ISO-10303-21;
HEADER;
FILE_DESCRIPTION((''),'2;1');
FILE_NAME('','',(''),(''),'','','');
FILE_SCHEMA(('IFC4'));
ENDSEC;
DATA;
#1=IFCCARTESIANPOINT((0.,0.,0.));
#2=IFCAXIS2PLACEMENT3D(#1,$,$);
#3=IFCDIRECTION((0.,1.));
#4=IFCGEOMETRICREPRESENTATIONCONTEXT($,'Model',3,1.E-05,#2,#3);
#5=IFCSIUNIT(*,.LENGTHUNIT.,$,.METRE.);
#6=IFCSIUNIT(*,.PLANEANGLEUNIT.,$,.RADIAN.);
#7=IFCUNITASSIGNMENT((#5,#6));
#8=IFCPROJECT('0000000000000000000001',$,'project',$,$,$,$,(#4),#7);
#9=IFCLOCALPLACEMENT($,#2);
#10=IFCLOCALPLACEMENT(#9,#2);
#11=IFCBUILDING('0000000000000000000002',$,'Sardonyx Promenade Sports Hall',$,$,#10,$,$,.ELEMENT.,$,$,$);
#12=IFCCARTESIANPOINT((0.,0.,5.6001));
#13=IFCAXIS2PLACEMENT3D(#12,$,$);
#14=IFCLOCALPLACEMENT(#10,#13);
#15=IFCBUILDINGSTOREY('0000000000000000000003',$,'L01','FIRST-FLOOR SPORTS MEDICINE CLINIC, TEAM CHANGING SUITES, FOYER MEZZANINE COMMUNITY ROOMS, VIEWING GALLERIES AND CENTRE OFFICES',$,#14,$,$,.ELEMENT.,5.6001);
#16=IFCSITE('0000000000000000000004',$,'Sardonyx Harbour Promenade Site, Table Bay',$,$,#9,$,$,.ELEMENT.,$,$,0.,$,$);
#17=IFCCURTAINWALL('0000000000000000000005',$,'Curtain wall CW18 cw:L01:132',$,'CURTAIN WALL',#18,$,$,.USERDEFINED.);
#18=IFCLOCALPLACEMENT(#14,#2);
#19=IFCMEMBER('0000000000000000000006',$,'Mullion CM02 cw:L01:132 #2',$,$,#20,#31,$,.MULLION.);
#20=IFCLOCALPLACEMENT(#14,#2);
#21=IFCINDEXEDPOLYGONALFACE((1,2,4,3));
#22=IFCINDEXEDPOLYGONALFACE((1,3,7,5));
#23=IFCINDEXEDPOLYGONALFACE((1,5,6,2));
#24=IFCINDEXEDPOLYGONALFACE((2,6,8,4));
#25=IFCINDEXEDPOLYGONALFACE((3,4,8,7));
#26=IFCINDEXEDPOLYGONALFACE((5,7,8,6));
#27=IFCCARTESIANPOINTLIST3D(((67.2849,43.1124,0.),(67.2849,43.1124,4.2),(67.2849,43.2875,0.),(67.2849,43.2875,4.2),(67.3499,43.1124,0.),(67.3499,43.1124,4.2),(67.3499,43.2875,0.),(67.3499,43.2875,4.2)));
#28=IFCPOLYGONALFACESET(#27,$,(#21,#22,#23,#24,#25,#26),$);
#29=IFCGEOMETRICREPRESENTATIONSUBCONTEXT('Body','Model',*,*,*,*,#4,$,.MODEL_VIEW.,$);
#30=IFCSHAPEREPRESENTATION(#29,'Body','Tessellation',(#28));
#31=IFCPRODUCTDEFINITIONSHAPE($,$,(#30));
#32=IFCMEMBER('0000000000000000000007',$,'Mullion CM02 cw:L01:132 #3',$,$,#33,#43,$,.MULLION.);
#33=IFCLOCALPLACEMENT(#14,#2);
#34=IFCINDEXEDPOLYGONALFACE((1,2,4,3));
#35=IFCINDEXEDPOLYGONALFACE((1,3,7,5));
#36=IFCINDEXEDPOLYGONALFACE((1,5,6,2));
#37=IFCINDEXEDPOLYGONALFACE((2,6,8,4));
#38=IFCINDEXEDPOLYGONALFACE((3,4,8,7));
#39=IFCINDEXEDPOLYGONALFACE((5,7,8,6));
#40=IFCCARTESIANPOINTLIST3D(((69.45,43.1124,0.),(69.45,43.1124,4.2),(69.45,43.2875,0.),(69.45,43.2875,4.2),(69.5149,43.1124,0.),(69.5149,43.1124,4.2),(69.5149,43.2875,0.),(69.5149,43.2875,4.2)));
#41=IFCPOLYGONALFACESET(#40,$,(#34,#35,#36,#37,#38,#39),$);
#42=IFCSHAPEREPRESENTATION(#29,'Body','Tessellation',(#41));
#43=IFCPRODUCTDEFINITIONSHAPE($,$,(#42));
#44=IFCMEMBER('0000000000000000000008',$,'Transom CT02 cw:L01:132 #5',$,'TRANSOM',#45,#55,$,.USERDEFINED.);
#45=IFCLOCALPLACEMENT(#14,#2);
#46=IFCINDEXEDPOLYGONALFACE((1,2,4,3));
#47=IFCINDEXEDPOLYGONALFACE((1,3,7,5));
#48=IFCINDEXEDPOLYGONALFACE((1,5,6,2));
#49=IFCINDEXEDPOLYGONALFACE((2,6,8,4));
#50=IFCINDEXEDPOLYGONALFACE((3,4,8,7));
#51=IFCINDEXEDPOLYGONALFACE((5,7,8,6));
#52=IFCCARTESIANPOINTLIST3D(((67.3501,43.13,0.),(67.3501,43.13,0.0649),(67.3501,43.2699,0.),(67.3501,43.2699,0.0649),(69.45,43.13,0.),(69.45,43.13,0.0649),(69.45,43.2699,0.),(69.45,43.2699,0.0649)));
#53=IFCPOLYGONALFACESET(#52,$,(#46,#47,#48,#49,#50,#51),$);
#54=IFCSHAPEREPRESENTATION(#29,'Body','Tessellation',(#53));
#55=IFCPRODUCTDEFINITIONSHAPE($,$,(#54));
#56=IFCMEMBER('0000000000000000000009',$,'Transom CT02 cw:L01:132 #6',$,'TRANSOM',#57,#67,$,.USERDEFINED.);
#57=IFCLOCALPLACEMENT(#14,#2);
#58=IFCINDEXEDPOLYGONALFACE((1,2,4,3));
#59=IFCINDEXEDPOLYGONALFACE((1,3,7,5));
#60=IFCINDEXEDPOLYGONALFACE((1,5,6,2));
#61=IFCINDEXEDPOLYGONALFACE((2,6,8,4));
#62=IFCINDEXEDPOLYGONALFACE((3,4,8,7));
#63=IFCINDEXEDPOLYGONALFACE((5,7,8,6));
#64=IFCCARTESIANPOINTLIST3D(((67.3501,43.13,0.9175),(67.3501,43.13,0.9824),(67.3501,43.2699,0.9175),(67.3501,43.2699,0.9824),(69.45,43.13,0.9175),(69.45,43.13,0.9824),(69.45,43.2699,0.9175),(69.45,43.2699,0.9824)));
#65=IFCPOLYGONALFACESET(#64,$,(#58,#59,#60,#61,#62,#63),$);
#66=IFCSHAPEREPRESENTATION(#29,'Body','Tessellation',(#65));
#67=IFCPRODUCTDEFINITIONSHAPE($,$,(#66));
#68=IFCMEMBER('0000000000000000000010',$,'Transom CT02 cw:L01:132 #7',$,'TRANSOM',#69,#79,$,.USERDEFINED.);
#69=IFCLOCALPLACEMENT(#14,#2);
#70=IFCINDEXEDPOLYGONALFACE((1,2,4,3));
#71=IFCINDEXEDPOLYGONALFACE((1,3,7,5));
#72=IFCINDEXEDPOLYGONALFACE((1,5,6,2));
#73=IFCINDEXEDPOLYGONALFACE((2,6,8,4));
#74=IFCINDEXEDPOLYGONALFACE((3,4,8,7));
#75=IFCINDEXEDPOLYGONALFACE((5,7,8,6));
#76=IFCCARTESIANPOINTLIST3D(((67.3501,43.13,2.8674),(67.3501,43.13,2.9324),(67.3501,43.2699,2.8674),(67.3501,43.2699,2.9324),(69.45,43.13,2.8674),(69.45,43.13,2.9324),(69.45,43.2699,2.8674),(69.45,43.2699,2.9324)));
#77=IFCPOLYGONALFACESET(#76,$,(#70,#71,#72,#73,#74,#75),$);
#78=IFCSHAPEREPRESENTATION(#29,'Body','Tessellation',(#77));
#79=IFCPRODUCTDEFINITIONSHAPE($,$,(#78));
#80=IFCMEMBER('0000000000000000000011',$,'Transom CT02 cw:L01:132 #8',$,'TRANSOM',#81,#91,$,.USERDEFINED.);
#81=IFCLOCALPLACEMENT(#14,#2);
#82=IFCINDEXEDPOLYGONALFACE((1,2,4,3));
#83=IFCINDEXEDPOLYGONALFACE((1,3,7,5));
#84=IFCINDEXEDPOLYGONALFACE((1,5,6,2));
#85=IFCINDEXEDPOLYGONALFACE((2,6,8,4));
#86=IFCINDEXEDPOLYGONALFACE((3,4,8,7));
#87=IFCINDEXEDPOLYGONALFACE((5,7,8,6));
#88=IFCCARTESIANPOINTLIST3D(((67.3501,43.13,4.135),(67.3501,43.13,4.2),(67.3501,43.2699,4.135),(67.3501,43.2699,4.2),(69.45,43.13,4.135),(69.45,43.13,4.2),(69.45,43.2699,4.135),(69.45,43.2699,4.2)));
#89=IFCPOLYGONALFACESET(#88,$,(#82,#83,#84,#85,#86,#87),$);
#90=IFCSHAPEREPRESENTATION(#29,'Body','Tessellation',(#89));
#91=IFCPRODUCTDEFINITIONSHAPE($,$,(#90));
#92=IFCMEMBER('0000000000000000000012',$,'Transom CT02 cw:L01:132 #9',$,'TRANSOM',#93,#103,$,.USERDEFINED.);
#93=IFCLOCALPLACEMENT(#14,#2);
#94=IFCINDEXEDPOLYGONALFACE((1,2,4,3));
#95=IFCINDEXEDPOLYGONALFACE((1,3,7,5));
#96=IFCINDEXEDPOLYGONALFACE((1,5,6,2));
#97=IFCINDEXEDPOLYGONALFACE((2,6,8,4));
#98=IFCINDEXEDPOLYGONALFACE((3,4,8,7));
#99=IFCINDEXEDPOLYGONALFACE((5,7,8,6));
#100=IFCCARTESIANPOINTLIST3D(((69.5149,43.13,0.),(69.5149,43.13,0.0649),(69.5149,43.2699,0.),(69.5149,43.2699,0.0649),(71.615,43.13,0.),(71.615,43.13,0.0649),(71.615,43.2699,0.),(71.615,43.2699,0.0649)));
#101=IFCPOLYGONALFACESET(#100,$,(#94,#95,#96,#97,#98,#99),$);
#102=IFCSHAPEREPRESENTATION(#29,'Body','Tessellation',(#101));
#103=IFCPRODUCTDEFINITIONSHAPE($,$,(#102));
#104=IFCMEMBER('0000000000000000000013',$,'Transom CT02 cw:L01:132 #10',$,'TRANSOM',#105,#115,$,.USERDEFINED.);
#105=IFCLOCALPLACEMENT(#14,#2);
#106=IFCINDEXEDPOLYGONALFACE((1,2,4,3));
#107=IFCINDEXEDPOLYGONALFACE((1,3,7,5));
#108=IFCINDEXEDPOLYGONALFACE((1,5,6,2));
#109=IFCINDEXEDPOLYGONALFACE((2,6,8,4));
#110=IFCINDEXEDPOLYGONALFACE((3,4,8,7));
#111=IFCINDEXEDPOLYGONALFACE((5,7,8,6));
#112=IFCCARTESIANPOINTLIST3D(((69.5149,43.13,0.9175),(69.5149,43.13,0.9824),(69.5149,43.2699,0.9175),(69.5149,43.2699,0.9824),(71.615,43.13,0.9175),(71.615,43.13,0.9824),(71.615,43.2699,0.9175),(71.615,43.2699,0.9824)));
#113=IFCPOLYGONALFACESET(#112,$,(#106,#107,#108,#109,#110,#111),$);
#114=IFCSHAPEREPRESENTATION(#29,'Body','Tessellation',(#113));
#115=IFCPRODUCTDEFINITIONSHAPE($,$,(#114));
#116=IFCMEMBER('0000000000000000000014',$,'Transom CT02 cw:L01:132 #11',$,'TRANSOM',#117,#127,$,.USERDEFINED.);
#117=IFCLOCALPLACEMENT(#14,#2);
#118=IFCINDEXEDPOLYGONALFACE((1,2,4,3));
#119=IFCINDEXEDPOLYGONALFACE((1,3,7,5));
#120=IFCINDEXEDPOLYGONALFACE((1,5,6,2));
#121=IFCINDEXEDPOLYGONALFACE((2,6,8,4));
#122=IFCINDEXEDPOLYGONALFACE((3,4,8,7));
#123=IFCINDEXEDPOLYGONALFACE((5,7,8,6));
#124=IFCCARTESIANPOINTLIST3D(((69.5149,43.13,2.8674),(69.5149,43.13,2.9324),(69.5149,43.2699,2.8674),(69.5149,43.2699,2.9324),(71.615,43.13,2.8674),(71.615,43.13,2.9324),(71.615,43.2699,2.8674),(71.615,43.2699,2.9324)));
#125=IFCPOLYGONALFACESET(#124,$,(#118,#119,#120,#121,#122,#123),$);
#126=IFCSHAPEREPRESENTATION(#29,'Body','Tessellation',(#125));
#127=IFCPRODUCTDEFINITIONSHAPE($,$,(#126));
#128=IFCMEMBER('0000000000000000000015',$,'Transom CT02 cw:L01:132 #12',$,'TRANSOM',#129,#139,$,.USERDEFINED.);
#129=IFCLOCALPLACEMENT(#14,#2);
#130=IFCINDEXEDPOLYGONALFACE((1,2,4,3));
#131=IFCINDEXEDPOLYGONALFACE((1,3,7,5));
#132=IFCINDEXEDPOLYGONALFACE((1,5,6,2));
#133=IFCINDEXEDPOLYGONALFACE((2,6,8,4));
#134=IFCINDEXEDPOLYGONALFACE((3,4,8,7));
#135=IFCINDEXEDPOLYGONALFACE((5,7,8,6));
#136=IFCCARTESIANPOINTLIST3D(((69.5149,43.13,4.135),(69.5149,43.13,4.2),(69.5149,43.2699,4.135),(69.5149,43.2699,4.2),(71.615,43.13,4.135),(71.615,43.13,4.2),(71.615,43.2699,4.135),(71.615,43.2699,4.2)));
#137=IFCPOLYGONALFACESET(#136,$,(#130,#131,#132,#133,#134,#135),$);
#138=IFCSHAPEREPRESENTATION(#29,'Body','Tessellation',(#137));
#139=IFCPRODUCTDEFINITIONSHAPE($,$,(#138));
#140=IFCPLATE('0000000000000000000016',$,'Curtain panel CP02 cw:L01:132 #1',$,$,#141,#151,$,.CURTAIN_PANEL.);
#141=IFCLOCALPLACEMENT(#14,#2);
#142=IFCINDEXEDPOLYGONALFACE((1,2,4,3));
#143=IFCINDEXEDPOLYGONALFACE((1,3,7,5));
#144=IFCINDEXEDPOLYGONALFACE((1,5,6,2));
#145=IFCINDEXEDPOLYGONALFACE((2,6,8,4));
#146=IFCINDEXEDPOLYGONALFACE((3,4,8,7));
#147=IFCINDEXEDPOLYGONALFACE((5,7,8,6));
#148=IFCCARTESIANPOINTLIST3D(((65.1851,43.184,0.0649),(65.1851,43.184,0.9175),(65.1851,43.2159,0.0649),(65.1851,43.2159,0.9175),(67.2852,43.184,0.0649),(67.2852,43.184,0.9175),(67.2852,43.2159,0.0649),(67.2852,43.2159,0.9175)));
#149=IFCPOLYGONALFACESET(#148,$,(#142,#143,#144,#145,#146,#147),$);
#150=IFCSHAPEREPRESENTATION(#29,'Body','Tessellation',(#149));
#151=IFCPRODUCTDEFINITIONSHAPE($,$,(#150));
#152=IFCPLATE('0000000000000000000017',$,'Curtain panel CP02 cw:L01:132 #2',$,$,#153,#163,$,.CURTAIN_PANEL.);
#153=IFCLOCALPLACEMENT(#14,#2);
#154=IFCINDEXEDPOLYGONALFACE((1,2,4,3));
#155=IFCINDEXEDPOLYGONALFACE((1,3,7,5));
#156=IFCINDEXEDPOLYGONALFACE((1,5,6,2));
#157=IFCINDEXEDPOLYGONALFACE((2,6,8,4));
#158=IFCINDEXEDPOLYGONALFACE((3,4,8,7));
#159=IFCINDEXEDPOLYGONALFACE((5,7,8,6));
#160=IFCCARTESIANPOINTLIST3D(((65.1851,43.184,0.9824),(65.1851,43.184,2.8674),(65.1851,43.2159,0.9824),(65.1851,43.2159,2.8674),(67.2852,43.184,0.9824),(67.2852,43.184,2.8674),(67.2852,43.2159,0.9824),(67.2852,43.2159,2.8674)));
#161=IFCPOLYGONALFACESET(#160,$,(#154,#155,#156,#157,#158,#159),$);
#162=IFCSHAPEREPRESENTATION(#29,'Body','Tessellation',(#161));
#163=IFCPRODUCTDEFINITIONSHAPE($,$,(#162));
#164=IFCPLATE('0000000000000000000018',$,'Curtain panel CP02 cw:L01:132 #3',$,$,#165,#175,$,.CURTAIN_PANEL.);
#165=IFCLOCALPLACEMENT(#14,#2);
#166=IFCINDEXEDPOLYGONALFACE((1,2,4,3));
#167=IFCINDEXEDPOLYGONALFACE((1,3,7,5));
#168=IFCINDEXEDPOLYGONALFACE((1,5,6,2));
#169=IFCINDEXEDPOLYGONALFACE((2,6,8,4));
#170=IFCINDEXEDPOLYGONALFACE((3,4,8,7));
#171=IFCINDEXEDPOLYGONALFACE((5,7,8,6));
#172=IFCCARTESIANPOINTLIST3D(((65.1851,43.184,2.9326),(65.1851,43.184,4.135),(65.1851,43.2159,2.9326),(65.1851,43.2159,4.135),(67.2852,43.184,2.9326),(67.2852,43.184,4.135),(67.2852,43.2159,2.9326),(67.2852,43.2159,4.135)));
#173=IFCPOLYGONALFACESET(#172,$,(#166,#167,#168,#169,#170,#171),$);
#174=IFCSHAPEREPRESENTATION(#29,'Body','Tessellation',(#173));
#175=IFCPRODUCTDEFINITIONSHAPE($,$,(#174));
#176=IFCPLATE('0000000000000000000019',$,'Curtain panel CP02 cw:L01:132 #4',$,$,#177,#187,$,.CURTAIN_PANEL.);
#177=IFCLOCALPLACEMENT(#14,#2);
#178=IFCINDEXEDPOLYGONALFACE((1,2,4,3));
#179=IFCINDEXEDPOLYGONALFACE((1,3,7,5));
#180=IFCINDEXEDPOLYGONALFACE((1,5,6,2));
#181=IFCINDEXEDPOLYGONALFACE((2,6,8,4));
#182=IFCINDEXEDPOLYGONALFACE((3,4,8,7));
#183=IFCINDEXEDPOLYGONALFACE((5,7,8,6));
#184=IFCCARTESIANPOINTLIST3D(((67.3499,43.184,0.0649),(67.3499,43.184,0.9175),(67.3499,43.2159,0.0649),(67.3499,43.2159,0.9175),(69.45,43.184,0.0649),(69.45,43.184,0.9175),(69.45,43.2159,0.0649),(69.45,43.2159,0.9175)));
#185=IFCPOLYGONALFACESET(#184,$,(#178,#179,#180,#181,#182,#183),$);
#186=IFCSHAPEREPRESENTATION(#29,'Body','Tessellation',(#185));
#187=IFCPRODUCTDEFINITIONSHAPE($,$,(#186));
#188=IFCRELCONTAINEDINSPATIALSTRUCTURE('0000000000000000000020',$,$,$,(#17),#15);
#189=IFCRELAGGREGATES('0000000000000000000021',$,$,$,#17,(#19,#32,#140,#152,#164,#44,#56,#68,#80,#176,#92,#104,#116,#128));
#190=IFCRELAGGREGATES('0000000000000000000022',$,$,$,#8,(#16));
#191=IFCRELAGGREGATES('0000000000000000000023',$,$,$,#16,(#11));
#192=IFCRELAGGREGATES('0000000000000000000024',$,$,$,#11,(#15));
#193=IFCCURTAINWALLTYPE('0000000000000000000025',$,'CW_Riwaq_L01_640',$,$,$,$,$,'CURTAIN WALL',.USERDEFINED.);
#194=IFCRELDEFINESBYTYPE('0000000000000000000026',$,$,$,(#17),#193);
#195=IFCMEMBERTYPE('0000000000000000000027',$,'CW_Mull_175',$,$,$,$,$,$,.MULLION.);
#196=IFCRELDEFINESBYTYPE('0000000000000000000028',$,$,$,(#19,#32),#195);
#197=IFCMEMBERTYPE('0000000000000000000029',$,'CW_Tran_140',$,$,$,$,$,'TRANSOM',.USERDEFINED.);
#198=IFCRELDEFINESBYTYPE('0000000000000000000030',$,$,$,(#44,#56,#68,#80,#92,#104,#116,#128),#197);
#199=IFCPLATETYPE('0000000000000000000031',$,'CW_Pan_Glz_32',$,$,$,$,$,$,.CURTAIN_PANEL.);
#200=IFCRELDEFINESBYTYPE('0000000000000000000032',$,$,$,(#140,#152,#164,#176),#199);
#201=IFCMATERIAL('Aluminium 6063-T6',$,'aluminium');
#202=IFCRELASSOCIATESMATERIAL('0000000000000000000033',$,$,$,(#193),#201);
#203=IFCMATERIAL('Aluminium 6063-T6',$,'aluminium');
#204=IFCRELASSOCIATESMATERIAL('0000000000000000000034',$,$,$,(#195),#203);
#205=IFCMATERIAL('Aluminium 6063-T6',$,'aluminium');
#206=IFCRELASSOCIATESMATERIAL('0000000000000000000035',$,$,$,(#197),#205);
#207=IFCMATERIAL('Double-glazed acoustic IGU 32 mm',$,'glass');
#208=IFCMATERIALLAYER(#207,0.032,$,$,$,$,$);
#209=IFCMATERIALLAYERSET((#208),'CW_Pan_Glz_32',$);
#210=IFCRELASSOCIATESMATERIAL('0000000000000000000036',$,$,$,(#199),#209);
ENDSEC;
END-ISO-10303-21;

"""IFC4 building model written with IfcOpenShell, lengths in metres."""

from ifc_helpers import new_model, si_unit, direction, frame, origin, origin_2d, place, context, subcontext, project, spatial, rectangle, extrude, material, layer, layer_set, material_profile, profile_set, type_object, element, aggregate, save


model = new_model("IFC4")

# Units and contexts
model_context = context("Model", 3, precision=1e-05, world=origin(), true_north=direction((0.0, 1.0)))
body_context = subcontext(model_context, "Body", "Model", "MODEL_VIEW")
ifc_project = project(units=[si_unit("LENGTHUNIT", "METRE"), si_unit("PLANEANGLEUNIT", "RADIAN")], contexts=[model_context])

# Site, building, storey
site_placement = place(None, origin())
site = spatial("IfcSite", under=ifc_project, at=site_placement, Name="Sardonyx Harbour Promenade Site, Table Bay", CompositionType="ELEMENT", RefElevation=0.0)
building_placement = place(site_placement, origin())
building = spatial("IfcBuilding", under=site, at=building_placement, Name="Sardonyx Promenade Sports Hall", CompositionType="ELEMENT")
storey_placement = place(building_placement, frame((0.0, 0.0, 5.6001)))
storey = spatial("IfcBuildingStorey", under=building, at=storey_placement, Name="L01", Description="FIRST-FLOOR SPORTS MEDICINE CLINIC, TEAM CHANGING SUITES, FOYER MEZZANINE COMMUNITY ROOMS, VIEWING GALLERIES AND CENTRE OFFICES", CompositionType="ELEMENT", Elevation=5.6001)

# Curtain wall, members, plates
ifc_material_1 = material(Name="Aluminium 6063-T6", Category="aluminium")
curtain_wall_type = type_object("IfcCurtainWallType", Name="CW_Riwaq_L01_640", ElementType="CURTAIN WALL", PredefinedType="USERDEFINED", material=ifc_material_1)
curtain_wall_placement = place(storey_placement, origin())
curtain_wall = element("IfcCurtainWall", 1, at=curtain_wall_placement, inside=storey, type_object=curtain_wall_type, Name="Curtain wall CW18 cw:L01:132", ObjectType="CURTAIN WALL", PredefinedType="USERDEFINED")
ifc_material_2 = material(Name="Aluminium 6063-T6", Category="aluminium")
ifc_material_profile_1 = material_profile(ifc_material_2, rectangle(XDim=0.0649, YDim=0.175, at=origin_2d()))
ifc_profile_set_1 = profile_set([ifc_material_profile_1], Name="Aluminium 6063-T6")
member_type_1 = type_object("IfcMemberType", Name="CW_Mull_175", PredefinedType="MULLION", material=ifc_profile_set_1)
member_1_placement = place(storey_placement, frame((67.3174, 43.2, 0.0), z_axis=(0.0, 0.0, 1.0), x_axis=(1.0, 0.0, 0.0)))
member_1 = element("IfcMember", 2, at=member_1_placement, type_object=member_type_1, Name="Mullion CM02 cw:L01:132 #2", PredefinedType="MULLION", context=body_context, shape_type="SweptSolid", body=[
    extrude(rectangle(XDim=0.0649, YDim=0.175, at=origin_2d()), origin(), (0.0, 0.0, 1.0), 4.2),
])
member_2_placement = place(storey_placement, frame((69.4824, 43.2, 0.0), z_axis=(0.0, 0.0, 1.0), x_axis=(1.0, 0.0, 0.0)))
member_2 = element("IfcMember", 3, at=member_2_placement, type_object=member_type_1, Name="Mullion CM02 cw:L01:132 #3", PredefinedType="MULLION", context=body_context, shape_type="SweptSolid", body=[
    extrude(rectangle(XDim=0.0649, YDim=0.175, at=origin_2d()), origin(), (0.0, 0.0, 1.0), 4.2),
])
ifc_material_3 = material(Name="Aluminium 6063-T6", Category="aluminium")
ifc_material_profile_2 = material_profile(ifc_material_3, rectangle(XDim=0.0649, YDim=0.1399, at=origin_2d()))
ifc_profile_set_2 = profile_set([ifc_material_profile_2], Name="Aluminium 6063-T6")
member_type_2 = type_object("IfcMemberType", Name="CW_Tran_140", ElementType="TRANSOM", PredefinedType="USERDEFINED", material=ifc_profile_set_2)
member_3_placement = place(storey_placement, frame((67.3501, 43.2, 0.0325), z_axis=(1.0, 0.0, 0.0), x_axis=(0.0, 0.0, 1.0)))
member_3 = element("IfcMember", 4, at=member_3_placement, type_object=member_type_2, Name="Transom CT02 cw:L01:132 #5", ObjectType="TRANSOM", PredefinedType="USERDEFINED", context=body_context, shape_type="SweptSolid", body=[
    extrude(rectangle(XDim=0.0649, YDim=0.1399, at=origin_2d()), origin(), (0.0, 0.0, 1.0), 2.0999),
])
member_4_placement = place(storey_placement, frame((67.3501, 43.2, 0.95), z_axis=(1.0, 0.0, 0.0), x_axis=(0.0, 0.0, 1.0)))
member_4 = element("IfcMember", 5, at=member_4_placement, type_object=member_type_2, Name="Transom CT02 cw:L01:132 #6", ObjectType="TRANSOM", PredefinedType="USERDEFINED", context=body_context, shape_type="SweptSolid", body=[
    extrude(rectangle(XDim=0.0649, YDim=0.1399, at=origin_2d()), origin(), (0.0, 0.0, 1.0), 2.0999),
])
member_5_placement = place(storey_placement, frame((67.3501, 43.2, 2.8999), z_axis=(1.0, 0.0, 0.0), x_axis=(0.0, 0.0, 1.0)))
member_5 = element("IfcMember", 6, at=member_5_placement, type_object=member_type_2, Name="Transom CT02 cw:L01:132 #7", ObjectType="TRANSOM", PredefinedType="USERDEFINED", context=body_context, shape_type="SweptSolid", body=[
    extrude(rectangle(XDim=0.0649, YDim=0.1399, at=origin_2d()), origin(), (0.0, 0.0, 1.0), 2.0999),
])
member_6_placement = place(storey_placement, frame((67.3501, 43.2, 4.1675), z_axis=(1.0, 0.0, 0.0), x_axis=(0.0, 0.0, 1.0)))
member_6 = element("IfcMember", 7, at=member_6_placement, type_object=member_type_2, Name="Transom CT02 cw:L01:132 #8", ObjectType="TRANSOM", PredefinedType="USERDEFINED", context=body_context, shape_type="SweptSolid", body=[
    extrude(rectangle(XDim=0.0649, YDim=0.1399, at=origin_2d()), origin(), (0.0, 0.0, 1.0), 2.0999),
])
member_7_placement = place(storey_placement, frame((69.5149, 43.2, 0.0325), z_axis=(1.0, 0.0, 0.0), x_axis=(0.0, 0.0, 1.0)))
member_7 = element("IfcMember", 8, at=member_7_placement, type_object=member_type_2, Name="Transom CT02 cw:L01:132 #9", ObjectType="TRANSOM", PredefinedType="USERDEFINED", context=body_context, shape_type="SweptSolid", body=[
    extrude(rectangle(XDim=0.0649, YDim=0.1399, at=origin_2d()), origin(), (0.0, 0.0, 1.0), 2.1001),
])
member_8_placement = place(storey_placement, frame((69.5149, 43.2, 0.95), z_axis=(1.0, 0.0, 0.0), x_axis=(0.0, 0.0, 1.0)))
member_8 = element("IfcMember", 9, at=member_8_placement, type_object=member_type_2, Name="Transom CT02 cw:L01:132 #10", ObjectType="TRANSOM", PredefinedType="USERDEFINED", context=body_context, shape_type="SweptSolid", body=[
    extrude(rectangle(XDim=0.0649, YDim=0.1399, at=origin_2d()), origin(), (0.0, 0.0, 1.0), 2.1001),
])
member_9_placement = place(storey_placement, frame((69.5149, 43.2, 2.8999), z_axis=(1.0, 0.0, 0.0), x_axis=(0.0, 0.0, 1.0)))
member_9 = element("IfcMember", 10, at=member_9_placement, type_object=member_type_2, Name="Transom CT02 cw:L01:132 #11", ObjectType="TRANSOM", PredefinedType="USERDEFINED", context=body_context, shape_type="SweptSolid", body=[
    extrude(rectangle(XDim=0.0649, YDim=0.1399, at=origin_2d()), origin(), (0.0, 0.0, 1.0), 2.1001),
])
member_10_placement = place(storey_placement, frame((69.5149, 43.2, 4.1675), z_axis=(1.0, 0.0, 0.0), x_axis=(0.0, 0.0, 1.0)))
member_10 = element("IfcMember", 11, at=member_10_placement, type_object=member_type_2, Name="Transom CT02 cw:L01:132 #12", ObjectType="TRANSOM", PredefinedType="USERDEFINED", context=body_context, shape_type="SweptSolid", body=[
    extrude(rectangle(XDim=0.0649, YDim=0.1399, at=origin_2d()), origin(), (0.0, 0.0, 1.0), 2.1001),
])
ifc_material_4 = material(Name="Double-glazed acoustic IGU 32 mm", Category="glass")
ifc_layer_1 = layer(ifc_material_4, 0.032)
ifc_layer_set_1 = layer_set([ifc_layer_1], Name="CW_Pan_Glz_32")
plate_type = type_object("IfcPlateType", Name="CW_Pan_Glz_32", PredefinedType="CURTAIN_PANEL", material=ifc_layer_set_1)
plate_1_placement = place(storey_placement, frame((66.2351, 43.2, 0.0649), z_axis=(0.0, 0.0, 1.0), x_axis=(1.0, 0.0, 0.0)))
plate_1 = element("IfcPlate", 12, at=plate_1_placement, type_object=plate_type, Name="Curtain panel CP02 cw:L01:132 #1", PredefinedType="CURTAIN_PANEL", context=body_context, shape_type="SweptSolid", body=[
    extrude(rectangle(XDim=2.1001, YDim=0.032, at=origin_2d()), origin(), (0.0, 0.0, 1.0), 0.8525),
])
plate_2_placement = place(storey_placement, frame((66.2351, 43.2, 0.9824), z_axis=(0.0, 0.0, 1.0), x_axis=(1.0, 0.0, 0.0)))
plate_2 = element("IfcPlate", 13, at=plate_2_placement, type_object=plate_type, Name="Curtain panel CP02 cw:L01:132 #2", PredefinedType="CURTAIN_PANEL", context=body_context, shape_type="SweptSolid", body=[
    extrude(rectangle(XDim=2.1001, YDim=0.032, at=origin_2d()), origin(), (0.0, 0.0, 1.0), 1.885),
])
plate_3_placement = place(storey_placement, frame((66.2351, 43.2, 2.9326), z_axis=(0.0, 0.0, 1.0), x_axis=(1.0, 0.0, 0.0)))
plate_3 = element("IfcPlate", 14, at=plate_3_placement, type_object=plate_type, Name="Curtain panel CP02 cw:L01:132 #3", PredefinedType="CURTAIN_PANEL", context=body_context, shape_type="SweptSolid", body=[
    extrude(rectangle(XDim=2.1001, YDim=0.032, at=origin_2d()), origin(), (0.0, 0.0, 1.0), 1.2024),
])
plate_4_placement = place(storey_placement, frame((68.3999, 43.2, 0.0649), z_axis=(0.0, 0.0, 1.0), x_axis=(1.0, 0.0, 0.0)))
plate_4 = element("IfcPlate", 15, at=plate_4_placement, type_object=plate_type, Name="Curtain panel CP02 cw:L01:132 #4", PredefinedType="CURTAIN_PANEL", context=body_context, shape_type="SweptSolid", body=[
    extrude(rectangle(XDim=2.1001, YDim=0.032, at=origin_2d()), origin(), (0.0, 0.0, 1.0), 0.8525),
])
aggregate(curtain_wall, [member_1, member_2, plate_1, plate_2, plate_3, member_3, member_4, member_5, member_6, plate_4, member_7, member_8, member_9, member_10])

save(model, "model.ifc")
